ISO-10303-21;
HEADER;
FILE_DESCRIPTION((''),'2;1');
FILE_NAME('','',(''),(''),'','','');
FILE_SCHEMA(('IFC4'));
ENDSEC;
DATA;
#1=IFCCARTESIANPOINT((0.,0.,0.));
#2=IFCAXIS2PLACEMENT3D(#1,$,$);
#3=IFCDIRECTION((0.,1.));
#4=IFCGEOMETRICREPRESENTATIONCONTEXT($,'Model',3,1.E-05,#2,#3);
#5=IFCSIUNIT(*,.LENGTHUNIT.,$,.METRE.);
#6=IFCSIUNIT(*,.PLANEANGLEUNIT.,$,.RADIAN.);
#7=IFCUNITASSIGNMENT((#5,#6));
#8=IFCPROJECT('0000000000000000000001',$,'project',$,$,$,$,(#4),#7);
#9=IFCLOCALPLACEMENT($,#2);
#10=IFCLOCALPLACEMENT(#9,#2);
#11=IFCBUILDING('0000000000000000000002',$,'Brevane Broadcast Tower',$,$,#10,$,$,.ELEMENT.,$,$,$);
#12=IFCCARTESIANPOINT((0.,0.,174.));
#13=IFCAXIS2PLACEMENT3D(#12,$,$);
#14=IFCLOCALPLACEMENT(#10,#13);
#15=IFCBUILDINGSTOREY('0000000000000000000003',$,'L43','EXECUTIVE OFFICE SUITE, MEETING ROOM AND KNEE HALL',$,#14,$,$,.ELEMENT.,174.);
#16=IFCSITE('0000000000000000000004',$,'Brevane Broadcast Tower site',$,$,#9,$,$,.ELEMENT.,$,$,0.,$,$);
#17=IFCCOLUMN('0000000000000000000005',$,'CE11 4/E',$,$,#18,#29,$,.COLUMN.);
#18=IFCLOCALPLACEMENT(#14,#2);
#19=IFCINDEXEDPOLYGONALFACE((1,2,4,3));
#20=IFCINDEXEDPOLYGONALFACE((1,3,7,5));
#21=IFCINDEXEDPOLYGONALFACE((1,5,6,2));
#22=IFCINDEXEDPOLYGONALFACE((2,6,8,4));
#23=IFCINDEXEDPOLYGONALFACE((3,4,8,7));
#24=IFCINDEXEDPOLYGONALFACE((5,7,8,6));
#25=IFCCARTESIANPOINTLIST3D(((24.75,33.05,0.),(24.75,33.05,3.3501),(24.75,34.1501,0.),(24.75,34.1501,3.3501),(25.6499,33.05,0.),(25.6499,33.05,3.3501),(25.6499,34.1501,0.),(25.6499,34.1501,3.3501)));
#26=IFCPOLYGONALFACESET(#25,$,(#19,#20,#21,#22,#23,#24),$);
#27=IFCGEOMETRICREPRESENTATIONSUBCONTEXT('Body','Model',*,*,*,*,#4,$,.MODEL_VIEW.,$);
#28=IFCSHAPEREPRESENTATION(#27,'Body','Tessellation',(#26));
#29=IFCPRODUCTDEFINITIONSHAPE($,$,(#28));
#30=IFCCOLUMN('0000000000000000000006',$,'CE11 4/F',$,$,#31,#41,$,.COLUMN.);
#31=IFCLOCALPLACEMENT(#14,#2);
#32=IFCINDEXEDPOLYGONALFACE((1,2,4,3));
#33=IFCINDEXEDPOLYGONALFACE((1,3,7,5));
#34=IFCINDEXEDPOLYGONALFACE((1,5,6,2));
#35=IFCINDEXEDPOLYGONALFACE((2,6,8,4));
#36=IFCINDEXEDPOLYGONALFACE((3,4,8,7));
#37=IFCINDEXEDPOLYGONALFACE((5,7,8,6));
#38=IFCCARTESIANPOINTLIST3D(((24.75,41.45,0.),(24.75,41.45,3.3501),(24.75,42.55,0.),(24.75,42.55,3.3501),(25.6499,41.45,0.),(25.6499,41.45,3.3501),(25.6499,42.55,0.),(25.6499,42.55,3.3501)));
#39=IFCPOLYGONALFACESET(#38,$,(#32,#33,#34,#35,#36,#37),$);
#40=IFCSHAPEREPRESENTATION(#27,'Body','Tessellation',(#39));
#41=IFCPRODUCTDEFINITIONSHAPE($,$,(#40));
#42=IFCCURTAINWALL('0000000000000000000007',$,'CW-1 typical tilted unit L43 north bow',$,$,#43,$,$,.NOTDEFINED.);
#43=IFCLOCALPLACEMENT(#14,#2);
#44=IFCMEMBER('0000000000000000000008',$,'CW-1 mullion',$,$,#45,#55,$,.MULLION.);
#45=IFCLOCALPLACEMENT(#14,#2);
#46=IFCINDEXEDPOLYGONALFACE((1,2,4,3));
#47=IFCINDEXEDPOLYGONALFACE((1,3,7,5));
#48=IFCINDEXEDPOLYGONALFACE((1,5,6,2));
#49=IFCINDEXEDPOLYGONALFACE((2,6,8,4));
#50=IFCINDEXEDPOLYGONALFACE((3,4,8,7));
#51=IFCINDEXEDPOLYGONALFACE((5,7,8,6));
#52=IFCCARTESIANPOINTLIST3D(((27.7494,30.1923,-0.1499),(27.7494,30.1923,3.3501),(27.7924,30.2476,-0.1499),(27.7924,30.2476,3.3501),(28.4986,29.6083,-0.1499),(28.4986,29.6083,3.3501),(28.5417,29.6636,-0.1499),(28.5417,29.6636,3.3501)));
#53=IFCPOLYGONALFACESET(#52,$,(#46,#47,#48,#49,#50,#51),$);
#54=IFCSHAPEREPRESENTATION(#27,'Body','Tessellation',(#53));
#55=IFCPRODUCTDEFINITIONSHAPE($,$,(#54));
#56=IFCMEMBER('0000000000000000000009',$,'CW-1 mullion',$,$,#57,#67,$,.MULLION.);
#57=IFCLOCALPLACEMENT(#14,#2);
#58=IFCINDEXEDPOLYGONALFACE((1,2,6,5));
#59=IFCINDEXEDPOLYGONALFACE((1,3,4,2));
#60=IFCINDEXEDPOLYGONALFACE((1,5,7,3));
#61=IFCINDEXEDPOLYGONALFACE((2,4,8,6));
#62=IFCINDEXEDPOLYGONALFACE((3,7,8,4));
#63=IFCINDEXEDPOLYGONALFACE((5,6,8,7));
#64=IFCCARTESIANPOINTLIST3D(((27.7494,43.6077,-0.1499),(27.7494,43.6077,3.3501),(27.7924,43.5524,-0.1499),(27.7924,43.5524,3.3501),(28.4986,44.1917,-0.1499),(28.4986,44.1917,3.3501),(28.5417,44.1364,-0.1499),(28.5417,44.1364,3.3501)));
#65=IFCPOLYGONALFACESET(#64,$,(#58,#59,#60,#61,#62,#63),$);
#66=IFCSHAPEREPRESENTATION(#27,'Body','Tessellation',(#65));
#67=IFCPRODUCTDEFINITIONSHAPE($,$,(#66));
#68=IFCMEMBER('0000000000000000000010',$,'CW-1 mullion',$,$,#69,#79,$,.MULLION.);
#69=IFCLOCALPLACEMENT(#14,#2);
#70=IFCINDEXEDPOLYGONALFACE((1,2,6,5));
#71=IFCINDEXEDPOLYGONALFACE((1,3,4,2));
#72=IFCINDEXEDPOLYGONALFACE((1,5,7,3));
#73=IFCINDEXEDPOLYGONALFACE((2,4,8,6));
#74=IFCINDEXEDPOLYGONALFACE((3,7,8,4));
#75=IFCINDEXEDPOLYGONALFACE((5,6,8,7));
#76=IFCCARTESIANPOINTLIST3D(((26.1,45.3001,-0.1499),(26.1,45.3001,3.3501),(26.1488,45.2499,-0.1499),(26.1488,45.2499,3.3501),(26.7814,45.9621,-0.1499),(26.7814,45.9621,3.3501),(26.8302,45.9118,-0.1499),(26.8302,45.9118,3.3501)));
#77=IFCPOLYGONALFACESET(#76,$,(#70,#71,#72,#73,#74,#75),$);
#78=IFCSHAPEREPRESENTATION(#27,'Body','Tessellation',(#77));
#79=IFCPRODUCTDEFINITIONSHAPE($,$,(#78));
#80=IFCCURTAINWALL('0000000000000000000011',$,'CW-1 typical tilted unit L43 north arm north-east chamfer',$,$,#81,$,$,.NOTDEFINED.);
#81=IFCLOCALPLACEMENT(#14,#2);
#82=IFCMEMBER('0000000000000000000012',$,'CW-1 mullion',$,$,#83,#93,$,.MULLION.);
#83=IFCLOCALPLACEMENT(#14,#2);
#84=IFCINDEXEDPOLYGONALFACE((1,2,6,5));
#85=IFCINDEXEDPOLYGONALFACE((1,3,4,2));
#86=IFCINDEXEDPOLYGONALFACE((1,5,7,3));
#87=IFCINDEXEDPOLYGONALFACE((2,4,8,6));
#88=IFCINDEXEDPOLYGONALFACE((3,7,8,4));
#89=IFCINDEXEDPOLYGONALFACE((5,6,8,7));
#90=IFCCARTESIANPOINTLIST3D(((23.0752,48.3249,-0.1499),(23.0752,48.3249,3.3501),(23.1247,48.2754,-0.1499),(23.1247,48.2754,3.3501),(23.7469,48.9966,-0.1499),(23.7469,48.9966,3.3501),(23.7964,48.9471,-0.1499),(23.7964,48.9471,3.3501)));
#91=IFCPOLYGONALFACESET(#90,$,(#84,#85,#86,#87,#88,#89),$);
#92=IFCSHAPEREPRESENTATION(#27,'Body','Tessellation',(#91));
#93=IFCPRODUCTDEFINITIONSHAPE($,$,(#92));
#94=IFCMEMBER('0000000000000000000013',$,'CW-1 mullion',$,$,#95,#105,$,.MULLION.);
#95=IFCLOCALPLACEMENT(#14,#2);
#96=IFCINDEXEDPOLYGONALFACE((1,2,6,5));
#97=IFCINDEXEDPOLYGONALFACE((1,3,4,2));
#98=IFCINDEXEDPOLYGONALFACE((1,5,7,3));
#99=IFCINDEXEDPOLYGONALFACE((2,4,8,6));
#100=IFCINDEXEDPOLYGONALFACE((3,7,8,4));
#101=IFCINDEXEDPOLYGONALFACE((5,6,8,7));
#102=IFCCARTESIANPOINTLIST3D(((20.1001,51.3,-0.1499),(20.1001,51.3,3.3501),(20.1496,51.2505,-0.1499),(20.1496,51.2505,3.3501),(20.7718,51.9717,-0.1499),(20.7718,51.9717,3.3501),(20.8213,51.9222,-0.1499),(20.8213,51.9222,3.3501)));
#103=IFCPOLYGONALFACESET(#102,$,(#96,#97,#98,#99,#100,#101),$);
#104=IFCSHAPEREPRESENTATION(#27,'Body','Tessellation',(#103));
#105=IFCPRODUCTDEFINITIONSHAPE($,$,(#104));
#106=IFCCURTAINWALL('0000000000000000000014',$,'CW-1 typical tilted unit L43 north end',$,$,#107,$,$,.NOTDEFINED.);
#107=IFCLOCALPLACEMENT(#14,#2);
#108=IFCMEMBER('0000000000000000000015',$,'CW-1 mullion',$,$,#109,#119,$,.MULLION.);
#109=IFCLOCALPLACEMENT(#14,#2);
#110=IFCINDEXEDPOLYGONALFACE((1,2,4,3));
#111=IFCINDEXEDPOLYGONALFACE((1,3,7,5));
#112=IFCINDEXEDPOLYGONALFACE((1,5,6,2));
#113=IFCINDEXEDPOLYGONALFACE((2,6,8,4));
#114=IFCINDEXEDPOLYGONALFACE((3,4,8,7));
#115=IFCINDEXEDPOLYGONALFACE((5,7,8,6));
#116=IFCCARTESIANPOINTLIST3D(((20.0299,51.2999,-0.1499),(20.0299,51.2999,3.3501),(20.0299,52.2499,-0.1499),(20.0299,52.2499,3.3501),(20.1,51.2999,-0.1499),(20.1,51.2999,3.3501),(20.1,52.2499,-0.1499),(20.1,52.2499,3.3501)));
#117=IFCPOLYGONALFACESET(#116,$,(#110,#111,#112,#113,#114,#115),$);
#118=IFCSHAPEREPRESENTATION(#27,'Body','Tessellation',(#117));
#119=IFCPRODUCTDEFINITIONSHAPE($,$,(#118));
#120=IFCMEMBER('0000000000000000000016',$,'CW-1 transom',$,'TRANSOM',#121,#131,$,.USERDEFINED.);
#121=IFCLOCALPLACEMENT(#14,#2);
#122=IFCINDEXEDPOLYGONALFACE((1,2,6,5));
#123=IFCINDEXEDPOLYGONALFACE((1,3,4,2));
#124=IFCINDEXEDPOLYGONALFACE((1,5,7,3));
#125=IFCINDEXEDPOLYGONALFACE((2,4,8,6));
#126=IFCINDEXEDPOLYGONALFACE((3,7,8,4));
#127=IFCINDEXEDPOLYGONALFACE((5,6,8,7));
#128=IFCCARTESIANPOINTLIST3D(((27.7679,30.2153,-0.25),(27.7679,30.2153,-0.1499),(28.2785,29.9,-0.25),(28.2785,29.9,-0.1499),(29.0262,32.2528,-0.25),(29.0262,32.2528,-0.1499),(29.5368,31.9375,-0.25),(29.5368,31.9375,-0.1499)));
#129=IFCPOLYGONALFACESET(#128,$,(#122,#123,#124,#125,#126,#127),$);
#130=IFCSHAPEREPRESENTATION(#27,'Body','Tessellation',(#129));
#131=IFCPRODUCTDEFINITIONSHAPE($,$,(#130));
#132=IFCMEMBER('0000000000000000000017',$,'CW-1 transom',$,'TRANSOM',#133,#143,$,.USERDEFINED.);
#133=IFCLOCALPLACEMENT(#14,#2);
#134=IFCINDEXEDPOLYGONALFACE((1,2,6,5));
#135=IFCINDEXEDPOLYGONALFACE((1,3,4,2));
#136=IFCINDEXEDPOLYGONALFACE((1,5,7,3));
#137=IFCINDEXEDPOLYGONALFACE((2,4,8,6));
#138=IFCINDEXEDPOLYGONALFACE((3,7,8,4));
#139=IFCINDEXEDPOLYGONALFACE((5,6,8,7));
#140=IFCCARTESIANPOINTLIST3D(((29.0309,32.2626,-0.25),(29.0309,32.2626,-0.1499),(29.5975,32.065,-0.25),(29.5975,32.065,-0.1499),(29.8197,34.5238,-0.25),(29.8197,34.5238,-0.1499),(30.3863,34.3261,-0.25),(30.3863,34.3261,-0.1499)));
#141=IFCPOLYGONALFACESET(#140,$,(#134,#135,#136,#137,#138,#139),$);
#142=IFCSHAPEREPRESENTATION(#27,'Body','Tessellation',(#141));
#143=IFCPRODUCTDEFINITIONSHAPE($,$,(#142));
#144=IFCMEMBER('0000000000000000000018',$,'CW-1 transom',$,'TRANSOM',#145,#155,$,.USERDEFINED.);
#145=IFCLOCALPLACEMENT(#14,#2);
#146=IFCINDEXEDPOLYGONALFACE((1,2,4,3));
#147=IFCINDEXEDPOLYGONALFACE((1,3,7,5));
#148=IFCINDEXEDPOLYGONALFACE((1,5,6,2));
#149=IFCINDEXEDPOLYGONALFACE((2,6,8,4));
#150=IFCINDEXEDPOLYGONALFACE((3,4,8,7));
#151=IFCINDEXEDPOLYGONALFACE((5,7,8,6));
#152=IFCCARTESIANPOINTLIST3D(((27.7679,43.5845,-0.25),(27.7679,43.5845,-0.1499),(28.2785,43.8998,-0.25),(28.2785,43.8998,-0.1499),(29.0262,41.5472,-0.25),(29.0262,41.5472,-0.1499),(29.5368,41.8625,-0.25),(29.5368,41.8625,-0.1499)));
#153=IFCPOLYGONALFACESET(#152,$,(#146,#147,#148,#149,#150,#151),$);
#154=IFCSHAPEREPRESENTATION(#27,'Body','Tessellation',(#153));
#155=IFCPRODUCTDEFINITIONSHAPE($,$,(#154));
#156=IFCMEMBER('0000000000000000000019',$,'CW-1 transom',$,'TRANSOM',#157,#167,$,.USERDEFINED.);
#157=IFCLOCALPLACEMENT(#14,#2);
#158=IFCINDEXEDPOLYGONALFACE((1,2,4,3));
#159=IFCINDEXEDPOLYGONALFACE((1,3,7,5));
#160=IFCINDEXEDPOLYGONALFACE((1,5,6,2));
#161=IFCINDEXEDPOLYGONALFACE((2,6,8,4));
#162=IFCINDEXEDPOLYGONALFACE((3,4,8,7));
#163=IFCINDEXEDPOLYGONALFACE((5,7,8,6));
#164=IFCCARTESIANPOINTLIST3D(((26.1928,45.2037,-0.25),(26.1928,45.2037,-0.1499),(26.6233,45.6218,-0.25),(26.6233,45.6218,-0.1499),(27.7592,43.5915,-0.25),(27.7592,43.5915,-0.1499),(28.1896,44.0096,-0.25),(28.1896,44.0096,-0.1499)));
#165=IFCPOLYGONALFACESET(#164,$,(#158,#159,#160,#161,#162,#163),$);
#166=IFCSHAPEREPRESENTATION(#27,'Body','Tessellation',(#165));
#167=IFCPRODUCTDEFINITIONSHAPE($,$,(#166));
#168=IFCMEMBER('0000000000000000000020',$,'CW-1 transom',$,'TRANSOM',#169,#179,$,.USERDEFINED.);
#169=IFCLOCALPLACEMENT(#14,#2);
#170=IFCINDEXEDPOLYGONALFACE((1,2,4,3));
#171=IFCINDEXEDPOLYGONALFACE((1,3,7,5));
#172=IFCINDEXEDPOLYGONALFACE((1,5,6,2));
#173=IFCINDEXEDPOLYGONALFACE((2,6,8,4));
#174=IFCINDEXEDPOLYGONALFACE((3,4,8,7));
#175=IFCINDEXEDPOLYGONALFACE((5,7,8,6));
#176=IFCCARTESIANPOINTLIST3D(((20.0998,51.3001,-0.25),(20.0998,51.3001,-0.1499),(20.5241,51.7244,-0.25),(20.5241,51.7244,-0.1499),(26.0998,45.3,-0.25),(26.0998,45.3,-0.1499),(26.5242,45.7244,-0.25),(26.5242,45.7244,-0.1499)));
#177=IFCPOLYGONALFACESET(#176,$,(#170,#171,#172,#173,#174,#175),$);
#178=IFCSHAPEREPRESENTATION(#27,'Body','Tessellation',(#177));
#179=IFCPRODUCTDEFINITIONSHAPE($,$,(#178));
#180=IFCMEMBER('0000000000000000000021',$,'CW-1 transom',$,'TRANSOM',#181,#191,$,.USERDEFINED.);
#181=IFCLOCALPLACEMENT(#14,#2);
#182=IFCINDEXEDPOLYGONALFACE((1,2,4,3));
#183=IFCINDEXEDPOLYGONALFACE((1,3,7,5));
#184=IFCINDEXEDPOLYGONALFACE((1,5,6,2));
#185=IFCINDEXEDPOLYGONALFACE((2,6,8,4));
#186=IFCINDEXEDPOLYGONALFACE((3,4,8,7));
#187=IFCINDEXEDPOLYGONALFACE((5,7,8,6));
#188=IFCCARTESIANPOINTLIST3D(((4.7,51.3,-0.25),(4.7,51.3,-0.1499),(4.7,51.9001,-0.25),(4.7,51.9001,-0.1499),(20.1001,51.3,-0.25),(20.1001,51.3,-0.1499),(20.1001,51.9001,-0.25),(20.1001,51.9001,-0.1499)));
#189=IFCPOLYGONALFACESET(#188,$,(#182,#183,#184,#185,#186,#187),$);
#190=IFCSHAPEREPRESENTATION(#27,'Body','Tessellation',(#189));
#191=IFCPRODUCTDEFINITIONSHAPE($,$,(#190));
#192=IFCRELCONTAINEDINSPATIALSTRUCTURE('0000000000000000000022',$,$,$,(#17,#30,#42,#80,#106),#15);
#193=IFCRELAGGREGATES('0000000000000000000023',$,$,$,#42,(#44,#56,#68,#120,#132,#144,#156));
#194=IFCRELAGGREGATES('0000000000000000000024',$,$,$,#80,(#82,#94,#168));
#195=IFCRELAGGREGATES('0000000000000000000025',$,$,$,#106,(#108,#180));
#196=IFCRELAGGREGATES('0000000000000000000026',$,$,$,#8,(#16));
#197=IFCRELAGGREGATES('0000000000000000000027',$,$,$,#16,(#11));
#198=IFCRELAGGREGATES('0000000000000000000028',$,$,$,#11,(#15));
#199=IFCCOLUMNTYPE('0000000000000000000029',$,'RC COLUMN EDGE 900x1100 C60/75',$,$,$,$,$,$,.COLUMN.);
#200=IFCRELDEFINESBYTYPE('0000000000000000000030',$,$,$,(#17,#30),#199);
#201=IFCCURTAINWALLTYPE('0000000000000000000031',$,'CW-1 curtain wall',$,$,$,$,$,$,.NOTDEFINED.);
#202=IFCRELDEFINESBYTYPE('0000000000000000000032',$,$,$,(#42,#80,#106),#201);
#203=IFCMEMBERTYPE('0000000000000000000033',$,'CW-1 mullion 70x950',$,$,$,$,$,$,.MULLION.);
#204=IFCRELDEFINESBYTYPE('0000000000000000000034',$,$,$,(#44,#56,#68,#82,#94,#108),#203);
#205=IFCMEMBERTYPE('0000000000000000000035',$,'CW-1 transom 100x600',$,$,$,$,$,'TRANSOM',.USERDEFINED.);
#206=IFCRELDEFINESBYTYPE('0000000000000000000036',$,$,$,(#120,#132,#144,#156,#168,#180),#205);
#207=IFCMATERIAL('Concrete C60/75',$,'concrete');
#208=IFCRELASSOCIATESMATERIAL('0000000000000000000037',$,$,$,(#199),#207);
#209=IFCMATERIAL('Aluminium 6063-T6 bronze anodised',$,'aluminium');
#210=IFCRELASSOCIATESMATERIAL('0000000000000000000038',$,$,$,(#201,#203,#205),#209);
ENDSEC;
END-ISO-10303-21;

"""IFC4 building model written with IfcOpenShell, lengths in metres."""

from ifc_helpers import new_model, si_unit, direction, frame, origin, origin_2d, place, context, subcontext, project, spatial, rectangle, extrude, material, material_profile, profile_set, type_object, element, aggregate, save


model = new_model("IFC4")

# Units and contexts
model_context = context("Model", 3, precision=1e-05, world=origin(), true_north=direction((0.0, 1.0)))
body_context = subcontext(model_context, "Body", "Model", "MODEL_VIEW")
ifc_project = project(units=[si_unit("LENGTHUNIT", "METRE"), si_unit("PLANEANGLEUNIT", "RADIAN")], contexts=[model_context])

# Site, building, storey
site_placement = place(None, origin())
site = spatial("IfcSite", under=ifc_project, at=site_placement, Name="Brevane Broadcast Tower site", CompositionType="ELEMENT", RefElevation=0.0)
building_placement = place(site_placement, origin())
building = spatial("IfcBuilding", under=site, at=building_placement, Name="Brevane Broadcast Tower", CompositionType="ELEMENT")
storey_placement = place(building_placement, frame((0.0, 0.0, 174.0)))
storey = spatial("IfcBuildingStorey", under=building, at=storey_placement, Name="L43", Description="EXECUTIVE OFFICE SUITE, MEETING ROOM AND KNEE HALL", CompositionType="ELEMENT", Elevation=174.0)

# Columns
ifc_material_1 = material(Name="Concrete C60/75", Category="concrete")
ifc_material_profile_1 = material_profile(ifc_material_1, rectangle(XDim=0.8999, YDim=1.1001, at=origin_2d()), Name="RC 900x1100")
ifc_profile_set_1 = profile_set([ifc_material_profile_1], Name="Concrete C60/75")
column_type = type_object("IfcColumnType", Name="RC COLUMN EDGE 900x1100 C60/75", PredefinedType="COLUMN", material=ifc_profile_set_1)
for number, where, z_axis, x_axis, name in (
    (1, (25.2, 33.6001, 0.0), (0.0, 0.0, 1.0), (1.0, 0.0, 0.0), "CE11 4/E"),
    (2, (25.2, 42.0, 0.0), (0.0, 0.0, 1.0), (1.0, 0.0, 0.0), "CE11 4/F"),
):
    element("IfcColumn", number, at=place(storey_placement, frame(where, z_axis=z_axis, x_axis=x_axis)), inside=storey, type_object=column_type, Name=name, PredefinedType="COLUMN", context=body_context, shape_type="SweptSolid", body=[
        extrude(rectangle(XDim=0.8999, YDim=1.1001, at=origin_2d()), origin(), (0.0, 0.0, 1.0), 3.3501),
    ])

# Curtain walls, members
ifc_material_2 = material(Name="Aluminium 6063-T6 bronze anodised", Category="aluminium")
curtain_wall_type = type_object("IfcCurtainWallType", Name="CW-1 curtain wall", PredefinedType="NOTDEFINED", material=ifc_material_2)
curtain_wall_1_placement = place(storey_placement, origin())
curtain_wall_1 = element("IfcCurtainWall", 3, at=curtain_wall_1_placement, inside=storey, type_object=curtain_wall_type, Name="CW-1 typical tilted unit L43 north bow", PredefinedType="NOTDEFINED")
ifc_material_profile_2 = material_profile(ifc_material_2, rectangle(XDim=0.95, YDim=0.0701, at=origin_2d()), Name="RECT 70x950")
ifc_profile_set_2 = profile_set([ifc_material_profile_2], Name="Aluminium 6063-T6 bronze anodised")
member_type_1 = type_object("IfcMemberType", Name="CW-1 mullion 70x950", PredefinedType="MULLION", material=ifc_profile_set_2)
member_1_placement = place(storey_placement, frame((28.1455, 29.928, -0.1499), z_axis=(0.0, 0.0, 1.0), x_axis=(-0.788707, 0.61477, 0.0)))
member_1 = element("IfcMember", 4, at=member_1_placement, type_object=member_type_1, Name="CW-1 mullion", PredefinedType="MULLION", context=body_context, shape_type="SweptSolid", body=[
    extrude(rectangle(XDim=0.95, YDim=0.0701, at=origin_2d()), origin(), (0.0, 0.0, 1.0), 3.5),
])
member_2_placement = place(storey_placement, frame((28.1455, 43.8721, -0.1499), z_axis=(0.0, 0.0, 1.0), x_axis=(-0.788707, -0.61477, 0.0)))
member_2 = element("IfcMember", 5, at=member_2_placement, type_object=member_type_1, Name="CW-1 mullion", PredefinedType="MULLION", context=body_context, shape_type="SweptSolid", body=[
    extrude(rectangle(XDim=0.95, YDim=0.0701, at=origin_2d()), origin(), (0.0, 0.0, 1.0), 3.5),
])
member_3_placement = place(storey_placement, frame((26.4651, 45.606, -0.1499), z_axis=(0.0, 0.0, 1.0), x_axis=(-0.717254, -0.696812, 0.0)))
member_3 = element("IfcMember", 6, at=member_3_placement, type_object=member_type_1, Name="CW-1 mullion", PredefinedType="MULLION", context=body_context, shape_type="SweptSolid", body=[
    extrude(rectangle(XDim=0.95, YDim=0.0701, at=origin_2d()), origin(), (0.0, 0.0, 1.0), 3.5),
])
curtain_wall_2_placement = place(storey_placement, origin())
curtain_wall_2 = element("IfcCurtainWall", 7, at=curtain_wall_2_placement, inside=storey, type_object=curtain_wall_type, Name="CW-1 typical tilted unit L43 north arm north-east chamfer", PredefinedType="NOTDEFINED")
member_4_placement = place(storey_placement, frame((23.4358, 48.636, -0.1499), z_axis=(0.0, 0.0, 1.0), x_axis=(-0.707107, -0.707107, 0.0)))
member_4 = element("IfcMember", 8, at=member_4_placement, type_object=member_type_1, Name="CW-1 mullion", PredefinedType="MULLION", context=body_context, shape_type="SweptSolid", body=[
    extrude(rectangle(XDim=0.95, YDim=0.0701, at=origin_2d()), origin(), (0.0, 0.0, 1.0), 3.5),
])
member_5_placement = place(storey_placement, frame((20.4607, 51.6111, -0.1499), z_axis=(0.0, 0.0, 1.0), x_axis=(-0.707107, -0.707107, 0.0)))
member_5 = element("IfcMember", 9, at=member_5_placement, type_object=member_type_1, Name="CW-1 mullion", PredefinedType="MULLION", context=body_context, shape_type="SweptSolid", body=[
    extrude(rectangle(XDim=0.95, YDim=0.0701, at=origin_2d()), origin(), (0.0, 0.0, 1.0), 3.5),
])

# Curtain wall, member
curtain_wall_3_placement = place(storey_placement, origin())
curtain_wall_3 = element("IfcCurtainWall", 10, at=curtain_wall_3_placement, inside=storey, type_object=curtain_wall_type, Name="CW-1 typical tilted unit L43 north end", PredefinedType="NOTDEFINED")
member_6_placement = place(storey_placement, frame((20.0649, 51.7749, -0.1499), z_axis=(0.0, 0.0, 1.0), x_axis=(0.0, -1.0, 0.0)))
member_6 = element("IfcMember", 11, at=member_6_placement, type_object=member_type_1, Name="CW-1 mullion", PredefinedType="MULLION", context=body_context, shape_type="SweptSolid", body=[
    extrude(rectangle(XDim=0.95, YDim=0.0701, at=origin_2d()), origin(), (0.0, 0.0, 1.0), 3.5),
])

# Members
ifc_material_profile_3 = material_profile(ifc_material_2, rectangle(XDim=0.6001, YDim=0.1001, at=origin_2d()), Name="RECT 100x600")
ifc_profile_set_3 = profile_set([ifc_material_profile_3], Name="Aluminium 6063-T6 bronze anodised")
member_type_2 = type_object("IfcMemberType", Name="CW-1 transom 100x600", ElementType="TRANSOM", PredefinedType="USERDEFINED", material=ifc_profile_set_3)
member_7_placement = place(storey_placement, frame((28.0232, 30.0576, -0.2), z_axis=(0.525428, 0.850838, 0.0), x_axis=(-0.850838, 0.525428, 0.0)))
member_7 = element("IfcMember", 12, at=member_7_placement, type_object=member_type_2, Name="CW-1 transom", ObjectType="TRANSOM", PredefinedType="USERDEFINED", context=body_context, shape_type="SweptSolid", body=[
    extrude(rectangle(XDim=0.6001, YDim=0.1001, at=origin_2d()), origin(), (0.0, 0.0, 1.0), 2.3948),
])
member_8_placement = place(storey_placement, frame((29.3142, 32.1638, -0.2), z_axis=(0.329378, 0.944198, 0.0), x_axis=(-0.944198, 0.329378, 0.0)))
member_8 = element("IfcMember", 13, at=member_8_placement, type_object=member_type_2, Name="CW-1 transom", ObjectType="TRANSOM", PredefinedType="USERDEFINED", context=body_context, shape_type="SweptSolid", body=[
    extrude(rectangle(XDim=0.6001, YDim=0.1001, at=origin_2d()), origin(), (0.0, 0.0, 1.0), 2.3948),
])
member_9_placement = place(storey_placement, frame((29.2815, 41.7048, -0.2), z_axis=(-0.525473, 0.85081, 0.0), x_axis=(-0.85081, -0.525473, 0.0)))
member_9 = element("IfcMember", 14, at=member_9_placement, type_object=member_type_2, Name="CW-1 transom", ObjectType="TRANSOM", PredefinedType="USERDEFINED", context=body_context, shape_type="SweptSolid", body=[
    extrude(rectangle(XDim=0.6001, YDim=0.1001, at=origin_2d()), origin(), (0.0, 0.0, 1.0), 2.3945),
])
member_10_placement = place(storey_placement, frame((27.9744, 43.8005, -0.2), z_axis=(-0.696824, 0.717242, 0.0), x_axis=(-0.717242, -0.696824, 0.0)))
member_10 = element("IfcMember", 15, at=member_10_placement, type_object=member_type_2, Name="CW-1 transom", ObjectType="TRANSOM", PredefinedType="USERDEFINED", context=body_context, shape_type="SweptSolid", body=[
    extrude(rectangle(XDim=0.6001, YDim=0.1001, at=origin_2d()), origin(), (0.0, 0.0, 1.0), 2.2478),
])
aggregate(curtain_wall_1, [member_1, member_2, member_3, member_7, member_8, member_9, member_10])
member_11_placement = place(storey_placement, frame((26.312, 45.5122, -0.2), z_axis=(-0.707107, 0.707107, 0.0), x_axis=(-0.707107, -0.707107, 0.0)))
member_11 = element("IfcMember", 16, at=member_11_placement, type_object=member_type_2, Name="CW-1 transom", ObjectType="TRANSOM", PredefinedType="USERDEFINED", context=body_context, shape_type="SweptSolid", body=[
    extrude(rectangle(XDim=0.6001, YDim=0.1001, at=origin_2d()), origin(), (0.0, 0.0, 1.0), 8.4854),
])
aggregate(curtain_wall_2, [member_4, member_5, member_11])
member_12_placement = place(storey_placement, frame((20.1001, 51.6001, -0.2), z_axis=(-1.0, 0.0, 0.0), x_axis=(0.0, -1.0, 0.0)))
member_12 = element("IfcMember", 17, at=member_12_placement, type_object=member_type_2, Name="CW-1 transom", ObjectType="TRANSOM", PredefinedType="USERDEFINED", context=body_context, shape_type="SweptSolid", body=[
    extrude(rectangle(XDim=0.6001, YDim=0.1001, at=origin_2d()), origin(), (0.0, 0.0, 1.0), 15.4001),
])
aggregate(curtain_wall_3, [member_6, member_12])

save(model, "model.ifc")
